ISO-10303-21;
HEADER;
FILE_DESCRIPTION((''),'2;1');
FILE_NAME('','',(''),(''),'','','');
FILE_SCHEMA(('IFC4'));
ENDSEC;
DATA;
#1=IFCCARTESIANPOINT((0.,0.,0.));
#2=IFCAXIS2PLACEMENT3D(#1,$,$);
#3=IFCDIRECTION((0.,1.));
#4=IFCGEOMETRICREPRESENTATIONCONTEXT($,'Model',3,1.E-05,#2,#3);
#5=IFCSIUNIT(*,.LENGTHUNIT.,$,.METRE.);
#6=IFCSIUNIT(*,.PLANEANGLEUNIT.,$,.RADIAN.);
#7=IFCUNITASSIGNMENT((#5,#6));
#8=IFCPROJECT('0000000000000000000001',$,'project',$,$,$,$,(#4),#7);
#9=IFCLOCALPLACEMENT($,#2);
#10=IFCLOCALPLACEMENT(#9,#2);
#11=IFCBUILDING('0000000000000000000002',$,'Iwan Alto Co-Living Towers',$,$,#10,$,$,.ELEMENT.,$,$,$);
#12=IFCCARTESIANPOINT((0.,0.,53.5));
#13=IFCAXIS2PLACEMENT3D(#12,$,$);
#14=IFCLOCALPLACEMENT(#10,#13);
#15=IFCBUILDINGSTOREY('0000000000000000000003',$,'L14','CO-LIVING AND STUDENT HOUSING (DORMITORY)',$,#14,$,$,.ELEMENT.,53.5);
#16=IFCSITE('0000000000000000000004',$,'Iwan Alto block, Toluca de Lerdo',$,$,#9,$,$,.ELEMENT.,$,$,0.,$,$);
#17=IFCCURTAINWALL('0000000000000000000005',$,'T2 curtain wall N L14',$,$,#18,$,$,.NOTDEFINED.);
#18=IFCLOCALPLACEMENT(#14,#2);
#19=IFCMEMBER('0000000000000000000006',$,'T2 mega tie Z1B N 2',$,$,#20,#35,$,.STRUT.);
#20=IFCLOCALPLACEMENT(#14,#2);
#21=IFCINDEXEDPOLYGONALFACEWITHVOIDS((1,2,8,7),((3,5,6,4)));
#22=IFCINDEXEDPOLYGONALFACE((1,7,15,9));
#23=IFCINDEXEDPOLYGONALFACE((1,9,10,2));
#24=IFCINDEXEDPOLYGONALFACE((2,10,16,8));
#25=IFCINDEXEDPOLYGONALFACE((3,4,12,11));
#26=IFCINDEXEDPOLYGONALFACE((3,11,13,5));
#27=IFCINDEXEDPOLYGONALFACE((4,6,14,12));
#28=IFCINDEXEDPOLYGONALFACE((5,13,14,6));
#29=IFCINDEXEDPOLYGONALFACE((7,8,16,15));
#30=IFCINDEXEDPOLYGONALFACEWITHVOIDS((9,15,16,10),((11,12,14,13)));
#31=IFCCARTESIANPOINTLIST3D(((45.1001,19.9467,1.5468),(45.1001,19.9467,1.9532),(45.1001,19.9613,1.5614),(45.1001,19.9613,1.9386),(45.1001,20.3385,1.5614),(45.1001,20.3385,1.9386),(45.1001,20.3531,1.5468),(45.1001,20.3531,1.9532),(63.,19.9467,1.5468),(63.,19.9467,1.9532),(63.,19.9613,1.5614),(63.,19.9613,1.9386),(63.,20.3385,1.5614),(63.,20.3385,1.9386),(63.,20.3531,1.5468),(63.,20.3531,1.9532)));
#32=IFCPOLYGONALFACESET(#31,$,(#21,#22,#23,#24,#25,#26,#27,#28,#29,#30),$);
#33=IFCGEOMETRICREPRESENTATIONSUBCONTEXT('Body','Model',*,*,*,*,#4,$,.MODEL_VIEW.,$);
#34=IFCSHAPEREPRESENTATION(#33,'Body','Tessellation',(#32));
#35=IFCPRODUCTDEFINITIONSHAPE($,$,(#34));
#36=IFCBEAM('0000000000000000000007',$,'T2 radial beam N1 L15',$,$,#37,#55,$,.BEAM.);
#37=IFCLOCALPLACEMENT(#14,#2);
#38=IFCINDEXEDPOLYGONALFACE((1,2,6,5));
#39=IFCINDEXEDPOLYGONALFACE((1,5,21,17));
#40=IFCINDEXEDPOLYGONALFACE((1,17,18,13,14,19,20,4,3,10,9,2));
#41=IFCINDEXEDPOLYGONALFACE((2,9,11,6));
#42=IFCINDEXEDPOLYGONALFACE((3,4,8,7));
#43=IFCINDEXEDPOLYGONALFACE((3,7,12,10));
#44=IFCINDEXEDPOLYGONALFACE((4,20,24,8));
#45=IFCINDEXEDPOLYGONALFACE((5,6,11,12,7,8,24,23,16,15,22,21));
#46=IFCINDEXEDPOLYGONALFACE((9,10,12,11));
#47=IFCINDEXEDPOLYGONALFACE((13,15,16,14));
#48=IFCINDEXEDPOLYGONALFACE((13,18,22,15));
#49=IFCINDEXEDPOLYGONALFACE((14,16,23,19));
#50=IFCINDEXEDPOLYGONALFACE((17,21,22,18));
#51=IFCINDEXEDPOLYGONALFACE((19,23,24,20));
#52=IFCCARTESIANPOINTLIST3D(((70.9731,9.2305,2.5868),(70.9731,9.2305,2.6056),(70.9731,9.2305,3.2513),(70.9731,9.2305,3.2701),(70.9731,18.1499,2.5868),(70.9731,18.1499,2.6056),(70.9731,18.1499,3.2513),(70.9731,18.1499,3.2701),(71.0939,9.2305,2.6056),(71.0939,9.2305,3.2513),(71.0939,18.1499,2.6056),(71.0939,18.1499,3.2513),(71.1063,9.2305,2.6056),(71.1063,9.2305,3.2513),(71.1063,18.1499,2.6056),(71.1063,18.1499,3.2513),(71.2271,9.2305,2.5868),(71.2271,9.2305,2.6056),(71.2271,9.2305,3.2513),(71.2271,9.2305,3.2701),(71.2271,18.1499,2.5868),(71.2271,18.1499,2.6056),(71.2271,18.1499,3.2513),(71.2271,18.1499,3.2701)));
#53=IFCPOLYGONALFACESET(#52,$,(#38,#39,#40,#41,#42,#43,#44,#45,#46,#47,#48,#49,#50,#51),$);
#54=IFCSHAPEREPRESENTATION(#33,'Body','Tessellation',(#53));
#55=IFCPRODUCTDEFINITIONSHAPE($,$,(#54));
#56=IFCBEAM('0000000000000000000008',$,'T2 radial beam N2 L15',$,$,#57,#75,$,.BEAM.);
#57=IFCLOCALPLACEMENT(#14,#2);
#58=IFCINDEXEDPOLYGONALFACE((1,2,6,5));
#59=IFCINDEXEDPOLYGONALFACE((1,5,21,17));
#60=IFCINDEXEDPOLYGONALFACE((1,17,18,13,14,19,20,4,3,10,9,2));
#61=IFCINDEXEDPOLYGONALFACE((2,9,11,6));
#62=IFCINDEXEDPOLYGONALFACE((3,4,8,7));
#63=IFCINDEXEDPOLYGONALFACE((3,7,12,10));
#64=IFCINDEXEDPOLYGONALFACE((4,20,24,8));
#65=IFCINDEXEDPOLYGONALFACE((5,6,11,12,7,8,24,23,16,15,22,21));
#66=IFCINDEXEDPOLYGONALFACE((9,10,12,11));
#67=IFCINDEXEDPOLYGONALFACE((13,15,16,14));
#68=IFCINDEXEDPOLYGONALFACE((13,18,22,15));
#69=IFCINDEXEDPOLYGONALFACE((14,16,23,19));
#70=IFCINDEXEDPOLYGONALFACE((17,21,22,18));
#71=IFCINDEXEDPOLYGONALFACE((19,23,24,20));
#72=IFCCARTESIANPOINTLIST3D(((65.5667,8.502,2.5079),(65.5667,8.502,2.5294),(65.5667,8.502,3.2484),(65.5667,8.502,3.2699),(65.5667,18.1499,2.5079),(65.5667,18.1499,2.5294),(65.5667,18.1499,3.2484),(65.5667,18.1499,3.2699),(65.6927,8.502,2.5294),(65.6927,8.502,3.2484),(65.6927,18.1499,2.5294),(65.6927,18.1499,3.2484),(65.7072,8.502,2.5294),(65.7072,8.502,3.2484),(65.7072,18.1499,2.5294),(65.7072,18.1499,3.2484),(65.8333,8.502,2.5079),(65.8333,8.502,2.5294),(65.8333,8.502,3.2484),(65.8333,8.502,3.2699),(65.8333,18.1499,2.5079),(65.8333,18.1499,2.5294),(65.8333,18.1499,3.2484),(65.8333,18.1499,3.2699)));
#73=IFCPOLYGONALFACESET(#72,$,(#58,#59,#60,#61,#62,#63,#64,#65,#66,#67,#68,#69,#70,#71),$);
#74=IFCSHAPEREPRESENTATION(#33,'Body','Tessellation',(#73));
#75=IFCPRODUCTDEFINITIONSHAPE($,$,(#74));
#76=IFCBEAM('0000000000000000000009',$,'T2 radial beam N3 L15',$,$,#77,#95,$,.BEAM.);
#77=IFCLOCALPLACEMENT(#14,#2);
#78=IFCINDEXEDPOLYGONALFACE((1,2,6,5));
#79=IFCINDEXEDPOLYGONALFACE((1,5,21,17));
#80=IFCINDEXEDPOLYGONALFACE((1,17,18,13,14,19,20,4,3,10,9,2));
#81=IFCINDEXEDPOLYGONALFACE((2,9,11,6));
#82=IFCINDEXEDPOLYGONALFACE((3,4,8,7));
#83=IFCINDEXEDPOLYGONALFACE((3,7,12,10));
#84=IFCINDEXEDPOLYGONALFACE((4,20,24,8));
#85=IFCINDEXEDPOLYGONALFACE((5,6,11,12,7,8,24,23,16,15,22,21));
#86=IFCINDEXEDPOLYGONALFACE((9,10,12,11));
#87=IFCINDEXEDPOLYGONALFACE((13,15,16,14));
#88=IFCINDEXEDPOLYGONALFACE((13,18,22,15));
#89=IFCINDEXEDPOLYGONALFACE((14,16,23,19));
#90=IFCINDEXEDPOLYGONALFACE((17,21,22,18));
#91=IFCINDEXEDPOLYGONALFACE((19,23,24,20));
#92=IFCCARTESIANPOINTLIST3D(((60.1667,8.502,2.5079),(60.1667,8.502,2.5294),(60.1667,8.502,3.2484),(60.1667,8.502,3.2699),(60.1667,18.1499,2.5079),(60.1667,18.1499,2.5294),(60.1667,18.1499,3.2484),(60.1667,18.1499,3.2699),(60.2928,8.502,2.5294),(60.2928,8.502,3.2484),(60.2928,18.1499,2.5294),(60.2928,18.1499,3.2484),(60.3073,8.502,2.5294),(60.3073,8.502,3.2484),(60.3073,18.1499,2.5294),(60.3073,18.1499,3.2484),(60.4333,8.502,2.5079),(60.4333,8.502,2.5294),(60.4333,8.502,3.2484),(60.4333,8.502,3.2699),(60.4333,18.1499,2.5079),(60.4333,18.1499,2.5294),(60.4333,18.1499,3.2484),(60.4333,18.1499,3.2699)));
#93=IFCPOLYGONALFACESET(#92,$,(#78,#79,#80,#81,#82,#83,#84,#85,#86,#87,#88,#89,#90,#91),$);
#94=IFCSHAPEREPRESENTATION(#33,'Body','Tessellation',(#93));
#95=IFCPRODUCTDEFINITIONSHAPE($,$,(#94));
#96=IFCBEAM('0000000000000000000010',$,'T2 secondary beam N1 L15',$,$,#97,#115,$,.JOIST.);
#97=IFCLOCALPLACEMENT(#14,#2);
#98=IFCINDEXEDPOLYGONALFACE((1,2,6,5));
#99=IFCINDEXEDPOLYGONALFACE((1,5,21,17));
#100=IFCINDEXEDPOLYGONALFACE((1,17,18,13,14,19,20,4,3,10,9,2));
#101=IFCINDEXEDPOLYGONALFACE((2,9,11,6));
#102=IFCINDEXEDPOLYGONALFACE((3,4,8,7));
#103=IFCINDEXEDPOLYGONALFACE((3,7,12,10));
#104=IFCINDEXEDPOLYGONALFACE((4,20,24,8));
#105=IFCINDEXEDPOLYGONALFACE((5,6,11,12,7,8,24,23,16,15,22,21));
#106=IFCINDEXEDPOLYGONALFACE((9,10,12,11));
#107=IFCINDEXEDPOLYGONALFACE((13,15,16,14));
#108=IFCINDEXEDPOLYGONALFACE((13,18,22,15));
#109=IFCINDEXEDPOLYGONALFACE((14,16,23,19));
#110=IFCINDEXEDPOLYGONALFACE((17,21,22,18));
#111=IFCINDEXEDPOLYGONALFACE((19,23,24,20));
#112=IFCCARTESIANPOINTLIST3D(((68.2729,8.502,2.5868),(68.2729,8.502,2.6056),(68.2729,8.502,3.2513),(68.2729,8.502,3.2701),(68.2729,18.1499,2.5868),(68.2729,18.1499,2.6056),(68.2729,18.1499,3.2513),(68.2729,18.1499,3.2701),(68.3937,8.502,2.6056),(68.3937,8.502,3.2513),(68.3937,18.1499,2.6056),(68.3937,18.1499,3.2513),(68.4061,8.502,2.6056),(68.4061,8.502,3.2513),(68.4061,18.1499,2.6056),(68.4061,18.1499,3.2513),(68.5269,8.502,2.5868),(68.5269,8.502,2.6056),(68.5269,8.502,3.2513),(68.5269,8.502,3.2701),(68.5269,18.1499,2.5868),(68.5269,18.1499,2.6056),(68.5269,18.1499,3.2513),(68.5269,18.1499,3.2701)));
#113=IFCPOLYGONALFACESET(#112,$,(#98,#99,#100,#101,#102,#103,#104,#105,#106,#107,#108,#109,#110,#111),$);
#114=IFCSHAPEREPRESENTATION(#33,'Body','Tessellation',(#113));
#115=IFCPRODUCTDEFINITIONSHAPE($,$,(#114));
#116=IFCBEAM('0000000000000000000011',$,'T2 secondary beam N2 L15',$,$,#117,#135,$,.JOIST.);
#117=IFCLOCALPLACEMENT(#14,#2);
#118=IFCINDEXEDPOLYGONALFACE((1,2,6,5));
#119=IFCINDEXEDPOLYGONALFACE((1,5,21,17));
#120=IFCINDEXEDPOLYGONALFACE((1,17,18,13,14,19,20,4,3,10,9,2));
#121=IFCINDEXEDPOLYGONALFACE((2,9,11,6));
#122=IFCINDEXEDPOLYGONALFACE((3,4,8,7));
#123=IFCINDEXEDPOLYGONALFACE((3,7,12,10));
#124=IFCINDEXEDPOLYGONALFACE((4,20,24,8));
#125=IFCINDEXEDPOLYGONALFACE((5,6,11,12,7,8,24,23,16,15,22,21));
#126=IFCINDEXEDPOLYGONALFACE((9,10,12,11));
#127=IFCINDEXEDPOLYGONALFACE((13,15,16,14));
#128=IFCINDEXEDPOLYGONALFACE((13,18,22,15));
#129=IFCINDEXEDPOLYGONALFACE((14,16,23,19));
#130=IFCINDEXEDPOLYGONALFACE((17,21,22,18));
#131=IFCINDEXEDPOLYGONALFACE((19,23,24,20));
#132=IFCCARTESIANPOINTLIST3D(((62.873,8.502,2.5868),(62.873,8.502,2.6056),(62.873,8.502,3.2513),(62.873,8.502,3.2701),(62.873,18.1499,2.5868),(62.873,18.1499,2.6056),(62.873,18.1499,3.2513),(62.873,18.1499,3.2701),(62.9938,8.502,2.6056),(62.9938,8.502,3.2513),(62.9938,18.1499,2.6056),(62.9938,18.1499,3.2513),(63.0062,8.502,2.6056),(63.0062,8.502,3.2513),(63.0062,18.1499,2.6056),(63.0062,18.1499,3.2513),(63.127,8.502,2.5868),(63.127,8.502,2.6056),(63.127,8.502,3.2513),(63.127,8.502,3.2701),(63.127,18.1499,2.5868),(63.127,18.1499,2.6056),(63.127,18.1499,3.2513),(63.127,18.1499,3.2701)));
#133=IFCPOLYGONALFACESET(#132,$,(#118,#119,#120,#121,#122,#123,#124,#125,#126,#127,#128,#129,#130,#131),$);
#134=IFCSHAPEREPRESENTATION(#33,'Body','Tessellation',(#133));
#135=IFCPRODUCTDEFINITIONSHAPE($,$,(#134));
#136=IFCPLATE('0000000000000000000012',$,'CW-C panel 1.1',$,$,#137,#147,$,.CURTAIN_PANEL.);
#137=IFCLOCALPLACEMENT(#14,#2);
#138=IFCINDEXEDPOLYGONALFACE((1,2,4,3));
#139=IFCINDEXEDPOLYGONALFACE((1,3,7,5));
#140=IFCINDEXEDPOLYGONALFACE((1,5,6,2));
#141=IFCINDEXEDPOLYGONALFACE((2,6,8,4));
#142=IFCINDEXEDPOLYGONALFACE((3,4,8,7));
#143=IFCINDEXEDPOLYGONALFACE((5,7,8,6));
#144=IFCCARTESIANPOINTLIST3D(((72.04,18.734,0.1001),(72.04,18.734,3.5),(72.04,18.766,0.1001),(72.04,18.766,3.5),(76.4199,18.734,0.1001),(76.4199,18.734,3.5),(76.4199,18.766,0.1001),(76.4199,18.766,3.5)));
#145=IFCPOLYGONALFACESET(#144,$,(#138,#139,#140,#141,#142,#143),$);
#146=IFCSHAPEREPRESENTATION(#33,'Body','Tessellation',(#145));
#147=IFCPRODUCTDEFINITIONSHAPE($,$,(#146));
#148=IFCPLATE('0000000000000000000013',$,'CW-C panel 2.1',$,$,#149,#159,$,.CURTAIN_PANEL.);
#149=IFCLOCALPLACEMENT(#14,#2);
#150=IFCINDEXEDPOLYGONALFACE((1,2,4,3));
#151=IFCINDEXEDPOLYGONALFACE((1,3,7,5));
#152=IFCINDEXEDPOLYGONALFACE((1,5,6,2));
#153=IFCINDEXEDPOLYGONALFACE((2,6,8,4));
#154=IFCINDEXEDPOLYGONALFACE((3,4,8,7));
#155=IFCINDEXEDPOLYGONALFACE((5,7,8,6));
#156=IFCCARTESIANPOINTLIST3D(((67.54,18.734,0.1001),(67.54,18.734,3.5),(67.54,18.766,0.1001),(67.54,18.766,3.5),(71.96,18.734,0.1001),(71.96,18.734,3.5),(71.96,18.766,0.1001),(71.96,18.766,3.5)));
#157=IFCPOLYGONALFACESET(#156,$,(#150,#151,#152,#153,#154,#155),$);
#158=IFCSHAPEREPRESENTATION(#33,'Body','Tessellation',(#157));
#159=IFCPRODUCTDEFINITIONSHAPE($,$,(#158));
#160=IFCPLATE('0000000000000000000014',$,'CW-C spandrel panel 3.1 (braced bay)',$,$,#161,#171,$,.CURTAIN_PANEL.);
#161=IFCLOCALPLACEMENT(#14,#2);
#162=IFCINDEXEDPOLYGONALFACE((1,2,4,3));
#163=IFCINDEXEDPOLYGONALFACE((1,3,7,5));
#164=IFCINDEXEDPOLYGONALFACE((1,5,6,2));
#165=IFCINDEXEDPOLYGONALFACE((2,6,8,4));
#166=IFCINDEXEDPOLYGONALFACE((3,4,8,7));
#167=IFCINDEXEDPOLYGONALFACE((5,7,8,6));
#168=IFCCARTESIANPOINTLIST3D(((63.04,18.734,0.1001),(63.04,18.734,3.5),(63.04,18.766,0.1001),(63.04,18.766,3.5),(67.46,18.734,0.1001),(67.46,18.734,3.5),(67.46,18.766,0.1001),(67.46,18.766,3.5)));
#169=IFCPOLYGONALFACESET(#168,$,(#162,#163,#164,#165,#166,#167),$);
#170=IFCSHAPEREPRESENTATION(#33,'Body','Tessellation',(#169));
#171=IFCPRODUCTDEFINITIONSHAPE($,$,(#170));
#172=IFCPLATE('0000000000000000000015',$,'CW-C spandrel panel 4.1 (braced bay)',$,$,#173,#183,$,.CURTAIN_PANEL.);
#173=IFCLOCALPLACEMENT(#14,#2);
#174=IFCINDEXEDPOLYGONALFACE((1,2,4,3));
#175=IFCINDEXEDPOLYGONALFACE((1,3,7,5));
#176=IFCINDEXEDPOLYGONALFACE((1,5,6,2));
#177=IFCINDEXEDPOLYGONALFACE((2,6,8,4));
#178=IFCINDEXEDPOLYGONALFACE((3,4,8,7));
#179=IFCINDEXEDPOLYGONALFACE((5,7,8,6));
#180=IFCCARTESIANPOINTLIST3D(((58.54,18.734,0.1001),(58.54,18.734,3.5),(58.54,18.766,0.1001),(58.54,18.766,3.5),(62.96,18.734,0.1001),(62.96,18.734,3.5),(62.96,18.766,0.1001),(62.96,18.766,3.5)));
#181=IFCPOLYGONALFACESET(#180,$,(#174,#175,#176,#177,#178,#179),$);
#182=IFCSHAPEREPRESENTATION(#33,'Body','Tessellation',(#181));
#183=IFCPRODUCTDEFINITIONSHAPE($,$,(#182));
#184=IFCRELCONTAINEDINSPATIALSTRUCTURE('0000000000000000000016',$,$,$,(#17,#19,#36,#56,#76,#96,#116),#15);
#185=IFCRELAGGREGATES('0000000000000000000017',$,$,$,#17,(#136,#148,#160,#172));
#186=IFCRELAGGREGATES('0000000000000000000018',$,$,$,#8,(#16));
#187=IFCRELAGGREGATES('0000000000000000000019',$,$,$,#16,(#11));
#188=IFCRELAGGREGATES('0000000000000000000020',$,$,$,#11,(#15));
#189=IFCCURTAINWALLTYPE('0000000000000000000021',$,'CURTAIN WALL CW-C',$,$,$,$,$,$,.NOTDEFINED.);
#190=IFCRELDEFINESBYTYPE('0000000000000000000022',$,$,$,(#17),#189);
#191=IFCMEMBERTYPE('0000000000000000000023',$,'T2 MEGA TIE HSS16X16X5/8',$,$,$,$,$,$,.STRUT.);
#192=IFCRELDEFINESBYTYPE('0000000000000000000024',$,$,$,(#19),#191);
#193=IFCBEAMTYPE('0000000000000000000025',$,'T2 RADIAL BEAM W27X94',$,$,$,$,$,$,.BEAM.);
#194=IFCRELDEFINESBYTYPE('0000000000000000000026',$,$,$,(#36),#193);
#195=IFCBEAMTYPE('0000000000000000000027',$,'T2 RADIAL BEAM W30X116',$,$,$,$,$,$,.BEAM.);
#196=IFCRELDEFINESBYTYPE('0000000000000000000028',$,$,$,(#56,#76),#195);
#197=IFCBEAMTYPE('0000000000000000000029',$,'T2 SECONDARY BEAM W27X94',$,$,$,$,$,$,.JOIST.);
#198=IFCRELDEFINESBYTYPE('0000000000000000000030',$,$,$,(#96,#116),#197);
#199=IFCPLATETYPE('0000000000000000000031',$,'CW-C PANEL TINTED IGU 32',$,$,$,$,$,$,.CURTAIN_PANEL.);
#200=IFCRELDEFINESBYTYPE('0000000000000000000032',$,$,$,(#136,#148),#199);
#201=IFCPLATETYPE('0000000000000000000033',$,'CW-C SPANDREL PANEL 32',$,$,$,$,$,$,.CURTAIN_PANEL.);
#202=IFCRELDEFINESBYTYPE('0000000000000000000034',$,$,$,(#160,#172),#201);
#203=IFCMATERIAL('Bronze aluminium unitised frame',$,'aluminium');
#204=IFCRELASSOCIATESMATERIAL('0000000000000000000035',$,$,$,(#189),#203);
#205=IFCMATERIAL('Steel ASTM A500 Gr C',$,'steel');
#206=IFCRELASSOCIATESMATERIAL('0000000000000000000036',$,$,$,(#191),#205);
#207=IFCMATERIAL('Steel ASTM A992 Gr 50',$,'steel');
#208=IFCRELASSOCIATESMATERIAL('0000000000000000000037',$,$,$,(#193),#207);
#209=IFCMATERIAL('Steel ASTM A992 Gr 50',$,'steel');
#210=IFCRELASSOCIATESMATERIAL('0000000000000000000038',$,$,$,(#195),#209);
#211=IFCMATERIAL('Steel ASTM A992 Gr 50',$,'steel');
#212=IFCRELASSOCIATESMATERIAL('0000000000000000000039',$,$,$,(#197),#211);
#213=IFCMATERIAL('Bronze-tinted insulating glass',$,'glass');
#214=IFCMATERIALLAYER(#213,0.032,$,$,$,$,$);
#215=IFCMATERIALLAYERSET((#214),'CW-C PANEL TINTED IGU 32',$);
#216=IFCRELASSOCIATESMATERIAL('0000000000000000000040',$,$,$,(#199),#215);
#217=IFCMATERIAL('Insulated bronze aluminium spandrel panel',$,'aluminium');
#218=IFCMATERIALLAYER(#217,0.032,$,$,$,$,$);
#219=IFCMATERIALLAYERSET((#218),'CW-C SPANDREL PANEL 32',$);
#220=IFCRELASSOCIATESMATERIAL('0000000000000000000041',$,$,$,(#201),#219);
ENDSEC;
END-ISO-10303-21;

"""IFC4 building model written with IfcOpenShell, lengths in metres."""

from ifc_helpers import new_model, si_unit, direction, frame, origin, origin_2d, place, context, subcontext, project, spatial, rectangle, hollow_rectangle, i_section, extrude, material, layer, layer_set, material_profile, profile_set, type_object, element, aggregate, save


model = new_model("IFC4")

# Units and contexts
model_context = context("Model", 3, precision=1e-05, world=origin(), true_north=direction((0.0, 1.0)))
body_context = subcontext(model_context, "Body", "Model", "MODEL_VIEW")
ifc_project = project(units=[si_unit("LENGTHUNIT", "METRE"), si_unit("PLANEANGLEUNIT", "RADIAN")], contexts=[model_context])

# Site, building, storey
site_placement = place(None, origin())
site = spatial("IfcSite", under=ifc_project, at=site_placement, Name="Iwan Alto block, Toluca de Lerdo", CompositionType="ELEMENT", RefElevation=0.0)
building_placement = place(site_placement, origin())
building = spatial("IfcBuilding", under=site, at=building_placement, Name="Iwan Alto Co-Living Towers", CompositionType="ELEMENT")
storey_placement = place(building_placement, frame((0.0, 0.0, 53.5)))
storey = spatial("IfcBuildingStorey", under=building, at=storey_placement, Name="L14", Description="CO-LIVING AND STUDENT HOUSING (DORMITORY)", CompositionType="ELEMENT", Elevation=53.5)

# Curtain wall
ifc_material_1 = material(Name="Bronze aluminium unitised frame", Category="aluminium")
curtain_wall_type = type_object("IfcCurtainWallType", Name="CURTAIN WALL CW-C", PredefinedType="NOTDEFINED", material=ifc_material_1)
curtain_wall_placement = place(storey_placement, origin())
curtain_wall = element("IfcCurtainWall", 1, at=curtain_wall_placement, inside=storey, type_object=curtain_wall_type, Name="T2 curtain wall N L14", PredefinedType="NOTDEFINED")

# Member
ifc_material_2 = material(Name="Steel ASTM A500 Gr C", Category="steel")
ifc_material_profile_1 = material_profile(ifc_material_2, hollow_rectangle(XDim=0.4065, YDim=0.4065, WallThickness=0.0146, at=origin_2d()), Name="HSS16X16X5/8")
ifc_profile_set_1 = profile_set([ifc_material_profile_1], Name="Steel ASTM A500 Gr C")
member_type_1 = type_object("IfcMemberType", Name="T2 MEGA TIE HSS16X16X5/8", PredefinedType="STRUT", material=ifc_profile_set_1)
member_1_placement = place(storey_placement, frame((63.0, 20.1499, 1.75), z_axis=(-1.0, 0.0, 0.0), x_axis=(0.0, -1.0, 0.0)))
element("IfcMember", 2, at=member_1_placement, inside=storey, type_object=member_type_1, Name="T2 mega tie Z1B N 2", PredefinedType="STRUT", context=body_context, shape_type="SweptSolid", body=[
    extrude(hollow_rectangle(XDim=0.4065, YDim=0.4065, WallThickness=0.0146, at=origin_2d()), origin(), (0.0, 0.0, 1.0), 17.8999),
])

# Beams
ifc_material_3 = material(Name="Steel ASTM A992 Gr 50", Category="steel")
ifc_material_profile_2 = material_profile(ifc_material_3, i_section(OverallWidth=0.2539, OverallDepth=0.6833, WebThickness=0.0125, FlangeThickness=0.0188, at=origin_2d()), Name="W27X94")
ifc_profile_set_2 = profile_set([ifc_material_profile_2], Name="Steel ASTM A992 Gr 50")
beam_type_1 = type_object("IfcBeamType", Name="T2 RADIAL BEAM W27X94", PredefinedType="BEAM", material=ifc_profile_set_2)
beam_1_placement = place(storey_placement, frame((71.1001, 18.1499, 2.9285), z_axis=(0.0, -1.0, 0.0), x_axis=(1.0, 0.0, 0.0)))
element("IfcBeam", 3, at=beam_1_placement, inside=storey, type_object=beam_type_1, Name="T2 radial beam N1 L15", PredefinedType="BEAM", context=body_context, shape_type="SweptSolid", body=[
    extrude(i_section(OverallWidth=0.2539, OverallDepth=0.6833, WebThickness=0.0125, FlangeThickness=0.0188, at=origin_2d()), origin(), (0.0, 0.0, 1.0), 8.9194),
])
ifc_material_4 = material(Name="Steel ASTM A992 Gr 50", Category="steel")
ifc_material_profile_3 = material_profile(ifc_material_4, i_section(OverallWidth=0.2666, OverallDepth=0.762, WebThickness=0.0144, FlangeThickness=0.0215, at=origin_2d()), Name="W30X116")
ifc_profile_set_3 = profile_set([ifc_material_profile_3], Name="Steel ASTM A992 Gr 50")
beam_type_2 = type_object("IfcBeamType", Name="T2 RADIAL BEAM W30X116", PredefinedType="BEAM", material=ifc_profile_set_3)
for number, where, z_axis, x_axis, name in (
    (4, (65.7, 18.1499, 2.8889), (0.0, -1.0, 0.0), (1.0, 0.0, 0.0), "T2 radial beam N2 L15"),
    (5, (60.3, 18.1499, 2.8889), (0.0, -1.0, 0.0), (1.0, 0.0, 0.0), "T2 radial beam N3 L15"),
):
    element("IfcBeam", number, at=place(storey_placement, frame(where, z_axis=z_axis, x_axis=x_axis)), inside=storey, type_object=beam_type_2, Name=name, PredefinedType="BEAM", context=body_context, shape_type="SweptSolid", body=[
        extrude(i_section(OverallWidth=0.2666, OverallDepth=0.762, WebThickness=0.0144, FlangeThickness=0.0215, at=origin_2d()), origin(), (0.0, 0.0, 1.0), 9.6479),
    ])
ifc_material_5 = material(Name="Steel ASTM A992 Gr 50", Category="steel")
ifc_material_profile_4 = material_profile(ifc_material_5, i_section(OverallWidth=0.2539, OverallDepth=0.6833, WebThickness=0.0125, FlangeThickness=0.0188, at=origin_2d()), Name="W27X94")
ifc_profile_set_4 = profile_set([ifc_material_profile_4], Name="Steel ASTM A992 Gr 50")
beam_type_3 = type_object("IfcBeamType", Name="T2 SECONDARY BEAM W27X94", PredefinedType="JOIST", material=ifc_profile_set_4)
for number, where, z_axis, x_axis, name in (
    (6, (68.3999, 18.1499, 2.9285), (0.0, -1.0, 0.0), (1.0, 0.0, 0.0), "T2 secondary beam N1 L15"),
    (7, (63.0, 18.1499, 2.9285), (0.0, -1.0, 0.0), (1.0, 0.0, 0.0), "T2 secondary beam N2 L15"),
):
    element("IfcBeam", number, at=place(storey_placement, frame(where, z_axis=z_axis, x_axis=x_axis)), inside=storey, type_object=beam_type_3, Name=name, PredefinedType="JOIST", context=body_context, shape_type="SweptSolid", body=[
        extrude(i_section(OverallWidth=0.2539, OverallDepth=0.6833, WebThickness=0.0125, FlangeThickness=0.0188, at=origin_2d()), origin(), (0.0, 0.0, 1.0), 9.6479),
    ])

# Plates
ifc_material_6 = material(Name="Bronze-tinted insulating glass", Category="glass")
ifc_layer_1 = layer(ifc_material_6, 0.032)
ifc_layer_set_1 = layer_set([ifc_layer_1], Name="CW-C PANEL TINTED IGU 32")
plate_type_1 = type_object("IfcPlateType", Name="CW-C PANEL TINTED IGU 32", PredefinedType="CURTAIN_PANEL", material=ifc_layer_set_1)
plate_1_placement = place(storey_placement, frame((74.23, 18.75, 0.1001), z_axis=(0.0, 0.0, 1.0), x_axis=(-1.0, 0.0, 0.0)))
plate_1 = element("IfcPlate", 8, at=plate_1_placement, type_object=plate_type_1, Name="CW-C panel 1.1", PredefinedType="CURTAIN_PANEL", context=body_context, shape_type="SweptSolid", body=[
    extrude(rectangle(XDim=4.3799, YDim=0.032, at=origin_2d()), origin(), (0.0, 0.0, 1.0), 3.3999),
])
plate_2_placement = place(storey_placement, frame((69.75, 18.75, 0.1001), z_axis=(0.0, 0.0, 1.0), x_axis=(-1.0, 0.0, 0.0)))
plate_2 = element("IfcPlate", 9, at=plate_2_placement, type_object=plate_type_1, Name="CW-C panel 2.1", PredefinedType="CURTAIN_PANEL", context=body_context, shape_type="SweptSolid", body=[
    extrude(rectangle(XDim=4.4199, YDim=0.032, at=origin_2d()), origin(), (0.0, 0.0, 1.0), 3.3999),
])
ifc_material_7 = material(Name="Insulated bronze aluminium spandrel panel", Category="aluminium")
ifc_layer_2 = layer(ifc_material_7, 0.032)
ifc_layer_set_2 = layer_set([ifc_layer_2], Name="CW-C SPANDREL PANEL 32")
plate_type_2 = type_object("IfcPlateType", Name="CW-C SPANDREL PANEL 32", PredefinedType="CURTAIN_PANEL", material=ifc_layer_set_2)
plate_3_placement = place(storey_placement, frame((65.25, 18.75, 0.1001), z_axis=(0.0, 0.0, 1.0), x_axis=(-1.0, 0.0, 0.0)))
plate_3 = element("IfcPlate", 10, at=plate_3_placement, type_object=plate_type_2, Name="CW-C spandrel panel 3.1 (braced bay)", PredefinedType="CURTAIN_PANEL", context=body_context, shape_type="SweptSolid", body=[
    extrude(rectangle(XDim=4.4199, YDim=0.032, at=origin_2d()), origin(), (0.0, 0.0, 1.0), 3.3999),
])
plate_4_placement = place(storey_placement, frame((60.75, 18.75, 0.1001), z_axis=(0.0, 0.0, 1.0), x_axis=(-1.0, 0.0, 0.0)))
plate_4 = element("IfcPlate", 11, at=plate_4_placement, type_object=plate_type_2, Name="CW-C spandrel panel 4.1 (braced bay)", PredefinedType="CURTAIN_PANEL", context=body_context, shape_type="SweptSolid", body=[
    extrude(rectangle(XDim=4.4199, YDim=0.032, at=origin_2d()), origin(), (0.0, 0.0, 1.0), 3.3999),
])
aggregate(curtain_wall, [plate_1, plate_2, plate_3, plate_4])

save(model, "model.ifc")
